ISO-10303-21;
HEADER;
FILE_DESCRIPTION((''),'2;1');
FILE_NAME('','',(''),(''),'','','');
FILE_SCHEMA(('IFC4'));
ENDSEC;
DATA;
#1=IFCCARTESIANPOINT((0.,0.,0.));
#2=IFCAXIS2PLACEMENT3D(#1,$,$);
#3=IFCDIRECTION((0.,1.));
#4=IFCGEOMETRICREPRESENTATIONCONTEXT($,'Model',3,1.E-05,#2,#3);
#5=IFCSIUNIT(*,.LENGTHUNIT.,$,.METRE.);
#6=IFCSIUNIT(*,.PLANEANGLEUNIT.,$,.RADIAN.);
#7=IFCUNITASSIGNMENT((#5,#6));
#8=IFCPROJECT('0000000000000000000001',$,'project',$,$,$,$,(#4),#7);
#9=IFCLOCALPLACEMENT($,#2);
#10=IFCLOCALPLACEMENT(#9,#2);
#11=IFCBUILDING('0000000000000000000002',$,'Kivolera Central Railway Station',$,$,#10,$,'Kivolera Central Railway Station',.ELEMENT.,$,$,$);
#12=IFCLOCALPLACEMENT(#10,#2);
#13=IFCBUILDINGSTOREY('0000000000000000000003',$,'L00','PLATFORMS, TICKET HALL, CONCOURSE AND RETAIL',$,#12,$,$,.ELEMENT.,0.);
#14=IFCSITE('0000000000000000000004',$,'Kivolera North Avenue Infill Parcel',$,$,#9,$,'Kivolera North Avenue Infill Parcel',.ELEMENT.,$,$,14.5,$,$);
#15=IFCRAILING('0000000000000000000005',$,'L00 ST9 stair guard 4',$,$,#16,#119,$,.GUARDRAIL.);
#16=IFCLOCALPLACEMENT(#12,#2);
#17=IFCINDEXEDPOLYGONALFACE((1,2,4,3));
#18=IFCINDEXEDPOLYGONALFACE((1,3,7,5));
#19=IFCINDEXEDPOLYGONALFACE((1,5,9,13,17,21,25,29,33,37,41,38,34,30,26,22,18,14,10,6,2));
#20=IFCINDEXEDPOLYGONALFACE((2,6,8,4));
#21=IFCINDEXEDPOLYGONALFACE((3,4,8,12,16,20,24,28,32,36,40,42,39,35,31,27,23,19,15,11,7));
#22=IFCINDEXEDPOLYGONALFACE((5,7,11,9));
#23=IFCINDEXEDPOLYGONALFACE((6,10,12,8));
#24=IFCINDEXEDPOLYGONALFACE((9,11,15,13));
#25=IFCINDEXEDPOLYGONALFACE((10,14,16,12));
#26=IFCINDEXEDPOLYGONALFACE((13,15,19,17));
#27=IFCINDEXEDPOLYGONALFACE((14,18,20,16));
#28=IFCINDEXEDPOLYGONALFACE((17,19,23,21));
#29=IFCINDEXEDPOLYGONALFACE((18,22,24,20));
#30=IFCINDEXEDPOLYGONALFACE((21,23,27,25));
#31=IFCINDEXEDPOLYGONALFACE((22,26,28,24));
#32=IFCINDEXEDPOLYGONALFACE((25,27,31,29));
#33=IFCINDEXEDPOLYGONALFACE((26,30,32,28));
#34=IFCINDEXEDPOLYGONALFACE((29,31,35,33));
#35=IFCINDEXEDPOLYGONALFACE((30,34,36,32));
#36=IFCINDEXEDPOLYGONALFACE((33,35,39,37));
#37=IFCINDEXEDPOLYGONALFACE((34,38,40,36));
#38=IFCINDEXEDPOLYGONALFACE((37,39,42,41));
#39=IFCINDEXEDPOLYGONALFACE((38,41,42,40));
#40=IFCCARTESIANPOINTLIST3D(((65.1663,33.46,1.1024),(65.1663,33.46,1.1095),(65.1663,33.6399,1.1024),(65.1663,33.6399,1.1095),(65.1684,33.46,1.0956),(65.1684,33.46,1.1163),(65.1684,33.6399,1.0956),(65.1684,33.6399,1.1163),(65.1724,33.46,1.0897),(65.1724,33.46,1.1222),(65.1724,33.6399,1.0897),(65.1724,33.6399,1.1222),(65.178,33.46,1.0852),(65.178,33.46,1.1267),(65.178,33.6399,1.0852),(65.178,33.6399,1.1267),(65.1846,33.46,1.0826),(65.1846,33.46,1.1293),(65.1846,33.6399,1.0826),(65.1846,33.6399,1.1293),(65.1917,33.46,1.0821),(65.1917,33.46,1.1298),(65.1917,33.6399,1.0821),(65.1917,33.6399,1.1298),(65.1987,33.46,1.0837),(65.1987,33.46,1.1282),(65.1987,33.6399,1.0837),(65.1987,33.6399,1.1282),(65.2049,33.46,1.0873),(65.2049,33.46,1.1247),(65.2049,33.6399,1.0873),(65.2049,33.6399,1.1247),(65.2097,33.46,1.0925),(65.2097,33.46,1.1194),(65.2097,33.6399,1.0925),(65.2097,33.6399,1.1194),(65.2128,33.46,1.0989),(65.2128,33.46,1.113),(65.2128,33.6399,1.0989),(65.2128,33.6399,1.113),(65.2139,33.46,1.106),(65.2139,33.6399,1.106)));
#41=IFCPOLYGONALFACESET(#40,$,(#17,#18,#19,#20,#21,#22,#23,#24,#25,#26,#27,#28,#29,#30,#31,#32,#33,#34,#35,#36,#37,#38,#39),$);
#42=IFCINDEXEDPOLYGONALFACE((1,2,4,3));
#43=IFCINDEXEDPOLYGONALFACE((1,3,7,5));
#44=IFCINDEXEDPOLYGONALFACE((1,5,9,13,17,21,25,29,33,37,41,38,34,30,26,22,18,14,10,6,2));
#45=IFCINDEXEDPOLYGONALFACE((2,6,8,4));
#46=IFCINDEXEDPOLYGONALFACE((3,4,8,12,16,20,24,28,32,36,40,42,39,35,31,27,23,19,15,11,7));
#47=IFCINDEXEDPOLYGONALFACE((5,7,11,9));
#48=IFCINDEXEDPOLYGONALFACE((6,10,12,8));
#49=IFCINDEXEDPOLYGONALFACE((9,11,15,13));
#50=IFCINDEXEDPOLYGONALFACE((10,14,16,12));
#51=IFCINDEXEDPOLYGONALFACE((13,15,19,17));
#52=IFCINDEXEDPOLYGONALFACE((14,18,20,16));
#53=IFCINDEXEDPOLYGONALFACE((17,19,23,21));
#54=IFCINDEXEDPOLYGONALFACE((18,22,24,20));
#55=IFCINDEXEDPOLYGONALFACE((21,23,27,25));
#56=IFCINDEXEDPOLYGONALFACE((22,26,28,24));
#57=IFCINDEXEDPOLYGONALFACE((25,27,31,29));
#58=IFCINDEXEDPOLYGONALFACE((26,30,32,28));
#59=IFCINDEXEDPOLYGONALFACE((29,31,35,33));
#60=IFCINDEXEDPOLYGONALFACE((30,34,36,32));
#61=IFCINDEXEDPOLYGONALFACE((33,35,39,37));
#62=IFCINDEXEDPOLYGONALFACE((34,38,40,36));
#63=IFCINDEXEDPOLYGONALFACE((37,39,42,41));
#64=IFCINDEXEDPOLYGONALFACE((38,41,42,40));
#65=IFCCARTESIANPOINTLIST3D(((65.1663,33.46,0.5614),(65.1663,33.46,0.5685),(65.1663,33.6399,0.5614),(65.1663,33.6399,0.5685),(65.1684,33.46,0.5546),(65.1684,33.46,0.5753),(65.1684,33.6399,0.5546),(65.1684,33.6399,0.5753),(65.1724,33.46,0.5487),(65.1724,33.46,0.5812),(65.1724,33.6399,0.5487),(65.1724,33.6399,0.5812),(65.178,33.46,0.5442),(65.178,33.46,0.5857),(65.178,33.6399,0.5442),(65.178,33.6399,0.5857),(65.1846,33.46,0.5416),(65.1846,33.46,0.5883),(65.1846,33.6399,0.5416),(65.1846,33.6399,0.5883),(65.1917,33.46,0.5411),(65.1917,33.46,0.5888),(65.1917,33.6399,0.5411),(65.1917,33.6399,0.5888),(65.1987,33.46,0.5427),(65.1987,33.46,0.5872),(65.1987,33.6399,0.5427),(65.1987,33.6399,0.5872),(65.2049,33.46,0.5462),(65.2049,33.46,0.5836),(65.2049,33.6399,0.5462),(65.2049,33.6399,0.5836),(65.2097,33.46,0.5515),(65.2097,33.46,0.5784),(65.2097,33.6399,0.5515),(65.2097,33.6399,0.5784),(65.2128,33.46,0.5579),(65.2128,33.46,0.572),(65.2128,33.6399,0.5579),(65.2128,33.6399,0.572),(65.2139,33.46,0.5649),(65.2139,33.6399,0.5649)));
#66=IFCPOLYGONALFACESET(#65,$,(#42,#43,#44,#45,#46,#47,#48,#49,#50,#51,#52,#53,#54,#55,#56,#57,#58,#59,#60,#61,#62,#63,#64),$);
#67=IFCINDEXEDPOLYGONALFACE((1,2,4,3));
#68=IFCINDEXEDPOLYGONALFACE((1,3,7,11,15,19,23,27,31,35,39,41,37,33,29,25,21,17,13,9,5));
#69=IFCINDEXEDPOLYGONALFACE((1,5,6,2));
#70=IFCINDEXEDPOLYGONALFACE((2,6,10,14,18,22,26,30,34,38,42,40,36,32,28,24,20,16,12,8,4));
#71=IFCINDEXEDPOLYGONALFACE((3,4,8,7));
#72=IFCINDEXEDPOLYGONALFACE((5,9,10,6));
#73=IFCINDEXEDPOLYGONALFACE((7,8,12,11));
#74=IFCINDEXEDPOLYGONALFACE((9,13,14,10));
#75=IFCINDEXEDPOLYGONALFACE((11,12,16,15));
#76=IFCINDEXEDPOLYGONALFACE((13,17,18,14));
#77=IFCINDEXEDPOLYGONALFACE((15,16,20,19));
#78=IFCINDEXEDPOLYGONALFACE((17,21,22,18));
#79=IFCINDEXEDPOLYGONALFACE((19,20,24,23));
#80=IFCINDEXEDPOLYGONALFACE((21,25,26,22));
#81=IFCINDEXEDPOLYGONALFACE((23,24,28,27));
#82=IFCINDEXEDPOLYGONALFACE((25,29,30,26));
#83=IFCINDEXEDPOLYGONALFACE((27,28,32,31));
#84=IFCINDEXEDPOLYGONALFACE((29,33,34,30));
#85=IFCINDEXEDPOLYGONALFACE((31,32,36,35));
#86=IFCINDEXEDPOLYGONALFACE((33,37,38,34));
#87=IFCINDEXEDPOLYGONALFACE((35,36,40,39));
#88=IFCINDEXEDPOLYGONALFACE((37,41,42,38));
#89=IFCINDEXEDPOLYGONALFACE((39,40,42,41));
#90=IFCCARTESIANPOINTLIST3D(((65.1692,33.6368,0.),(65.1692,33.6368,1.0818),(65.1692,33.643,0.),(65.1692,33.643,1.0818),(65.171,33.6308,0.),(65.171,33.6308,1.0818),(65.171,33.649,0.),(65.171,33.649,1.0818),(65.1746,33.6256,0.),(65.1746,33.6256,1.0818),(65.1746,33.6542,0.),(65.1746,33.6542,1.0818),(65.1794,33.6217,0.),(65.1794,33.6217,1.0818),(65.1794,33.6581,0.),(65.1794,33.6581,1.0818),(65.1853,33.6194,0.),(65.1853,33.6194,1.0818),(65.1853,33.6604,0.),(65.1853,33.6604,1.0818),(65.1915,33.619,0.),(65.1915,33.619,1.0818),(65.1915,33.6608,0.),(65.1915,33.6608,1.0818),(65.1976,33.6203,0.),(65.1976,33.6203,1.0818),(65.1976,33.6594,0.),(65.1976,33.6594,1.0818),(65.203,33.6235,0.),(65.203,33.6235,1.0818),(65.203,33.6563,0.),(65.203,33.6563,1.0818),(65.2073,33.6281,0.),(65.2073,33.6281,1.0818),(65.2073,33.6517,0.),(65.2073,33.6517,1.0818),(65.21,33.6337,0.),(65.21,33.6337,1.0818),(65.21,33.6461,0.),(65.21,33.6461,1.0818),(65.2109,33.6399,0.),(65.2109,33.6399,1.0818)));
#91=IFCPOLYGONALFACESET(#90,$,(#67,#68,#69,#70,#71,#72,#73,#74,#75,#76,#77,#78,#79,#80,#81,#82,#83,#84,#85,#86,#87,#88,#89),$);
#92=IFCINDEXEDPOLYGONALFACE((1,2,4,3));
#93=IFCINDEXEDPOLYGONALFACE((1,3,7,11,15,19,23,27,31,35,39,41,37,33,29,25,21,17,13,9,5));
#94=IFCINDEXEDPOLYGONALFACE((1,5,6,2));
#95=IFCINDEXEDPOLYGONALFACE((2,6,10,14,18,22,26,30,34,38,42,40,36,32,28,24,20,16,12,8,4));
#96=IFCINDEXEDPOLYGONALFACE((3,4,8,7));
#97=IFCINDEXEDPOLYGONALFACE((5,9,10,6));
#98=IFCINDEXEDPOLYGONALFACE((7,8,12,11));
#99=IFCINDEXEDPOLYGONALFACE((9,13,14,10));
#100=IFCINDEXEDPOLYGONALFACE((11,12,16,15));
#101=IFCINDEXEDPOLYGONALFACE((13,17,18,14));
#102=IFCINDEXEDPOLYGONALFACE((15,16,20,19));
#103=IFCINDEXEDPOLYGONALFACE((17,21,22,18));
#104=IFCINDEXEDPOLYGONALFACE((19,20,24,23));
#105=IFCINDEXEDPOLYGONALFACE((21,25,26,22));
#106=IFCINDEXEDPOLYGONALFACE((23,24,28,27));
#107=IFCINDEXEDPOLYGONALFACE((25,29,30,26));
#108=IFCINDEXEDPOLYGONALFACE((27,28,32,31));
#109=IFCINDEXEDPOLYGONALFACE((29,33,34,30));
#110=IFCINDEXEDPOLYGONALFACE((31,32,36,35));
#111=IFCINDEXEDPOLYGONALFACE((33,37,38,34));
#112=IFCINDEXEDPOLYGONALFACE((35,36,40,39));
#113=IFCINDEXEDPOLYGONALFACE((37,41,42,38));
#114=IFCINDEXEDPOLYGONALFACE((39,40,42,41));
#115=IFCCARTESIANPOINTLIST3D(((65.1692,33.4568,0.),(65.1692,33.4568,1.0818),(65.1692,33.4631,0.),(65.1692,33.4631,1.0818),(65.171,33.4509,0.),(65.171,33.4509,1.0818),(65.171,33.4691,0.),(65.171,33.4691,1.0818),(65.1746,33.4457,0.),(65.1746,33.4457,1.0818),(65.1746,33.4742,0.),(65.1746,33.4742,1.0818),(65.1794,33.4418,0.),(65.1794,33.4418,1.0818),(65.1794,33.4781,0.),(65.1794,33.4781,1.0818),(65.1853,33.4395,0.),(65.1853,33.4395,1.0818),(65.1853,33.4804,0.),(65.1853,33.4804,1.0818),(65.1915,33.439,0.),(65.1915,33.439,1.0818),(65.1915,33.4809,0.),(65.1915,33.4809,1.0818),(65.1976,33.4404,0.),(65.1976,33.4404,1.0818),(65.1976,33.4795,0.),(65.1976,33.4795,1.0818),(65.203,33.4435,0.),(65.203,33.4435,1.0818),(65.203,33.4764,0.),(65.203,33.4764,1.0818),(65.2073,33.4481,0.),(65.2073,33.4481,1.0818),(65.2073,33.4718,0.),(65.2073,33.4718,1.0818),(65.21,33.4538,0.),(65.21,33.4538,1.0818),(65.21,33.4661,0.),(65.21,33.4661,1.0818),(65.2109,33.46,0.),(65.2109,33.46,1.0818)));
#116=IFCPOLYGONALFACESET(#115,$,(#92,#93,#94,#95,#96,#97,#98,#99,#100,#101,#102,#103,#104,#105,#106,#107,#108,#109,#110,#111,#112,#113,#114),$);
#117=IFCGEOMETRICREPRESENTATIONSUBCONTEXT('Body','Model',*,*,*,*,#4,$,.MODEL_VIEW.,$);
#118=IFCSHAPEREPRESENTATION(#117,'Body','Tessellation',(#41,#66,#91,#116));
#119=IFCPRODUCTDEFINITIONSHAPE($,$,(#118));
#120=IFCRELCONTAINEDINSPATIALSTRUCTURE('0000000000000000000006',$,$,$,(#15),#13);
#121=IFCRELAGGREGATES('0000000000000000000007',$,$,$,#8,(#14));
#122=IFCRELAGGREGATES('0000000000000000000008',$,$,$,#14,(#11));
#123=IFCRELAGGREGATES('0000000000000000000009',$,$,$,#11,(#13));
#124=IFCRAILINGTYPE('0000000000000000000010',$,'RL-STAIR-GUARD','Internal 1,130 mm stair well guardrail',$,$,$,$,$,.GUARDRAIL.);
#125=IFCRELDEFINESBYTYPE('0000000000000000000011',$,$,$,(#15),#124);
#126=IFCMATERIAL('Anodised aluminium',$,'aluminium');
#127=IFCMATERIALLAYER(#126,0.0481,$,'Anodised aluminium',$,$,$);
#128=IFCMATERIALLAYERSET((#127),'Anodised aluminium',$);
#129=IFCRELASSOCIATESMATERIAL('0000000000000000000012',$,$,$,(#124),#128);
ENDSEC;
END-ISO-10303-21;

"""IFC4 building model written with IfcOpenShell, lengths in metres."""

from ifc_helpers import new_model, si_unit, direction, frame, origin, origin_2d, place, context, subcontext, project, spatial, circle, extrude, material, layer, layer_set, type_object, element, save


model = new_model("IFC4")

# Units and contexts
model_context = context("Model", 3, precision=1e-05, world=origin(), true_north=direction((0.0, 1.0)))
body_context = subcontext(model_context, "Body", "Model", "MODEL_VIEW")
ifc_project = project(units=[si_unit("LENGTHUNIT", "METRE"), si_unit("PLANEANGLEUNIT", "RADIAN")], contexts=[model_context])

# Site, building, storey
site_placement = place(None, origin())
site = spatial("IfcSite", under=ifc_project, at=site_placement, Name="Kivolera North Avenue Infill Parcel", LongName="Kivolera North Avenue Infill Parcel", CompositionType="ELEMENT", RefElevation=14.5)
building_placement = place(site_placement, origin())
building = spatial("IfcBuilding", under=site, at=building_placement, Name="Kivolera Central Railway Station", LongName="Kivolera Central Railway Station", CompositionType="ELEMENT")
storey_placement = place(building_placement, origin())
storey = spatial("IfcBuildingStorey", under=building, at=storey_placement, Name="L00", Description="PLATFORMS, TICKET HALL, CONCOURSE AND RETAIL", CompositionType="ELEMENT", Elevation=0.0)

# Shared definitions
ifc_material_1 = material(Name="Anodised aluminium", Category="aluminium")

# Railing
ifc_layer_1 = layer(ifc_material_1, 0.0481, Name="Anodised aluminium")
ifc_layer_set_1 = layer_set([ifc_layer_1], Name="Anodised aluminium")
railing_type_1 = type_object("IfcRailingType", Name="RL-STAIR-GUARD", Description="Internal 1,130 mm stair well guardrail", PredefinedType="GUARDRAIL", material=ifc_layer_set_1)
railing_1_placement = place(storey_placement, frame((65.1899, 33.6399, 0.0)))
element("IfcRailing", 1, at=railing_1_placement, inside=storey, type_object=railing_type_1, Name="L00 ST9 stair guard 4", PredefinedType="GUARDRAIL", context=body_context, shape_type="SweptSolid", body=[
    extrude(circle(Radius=0.0239, at=origin_2d()), frame((0.0, 0.0, 1.106), z_axis=(0.0, -1.0, 0.0), x_axis=(1.0, 0.0, 0.0)), (0.0, 0.0, 1.0), 0.1799),
    extrude(circle(Radius=0.0239, at=origin_2d()), frame((0.0, 0.0, 0.5649), z_axis=(0.0, -1.0, 0.0), x_axis=(1.0, 0.0, 0.0)), (0.0, 0.0, 1.0), 0.1799),
    extrude(circle(Radius=0.021, at=origin_2d()), origin(), (0.0, 0.0, 1.0), 1.0818),
    extrude(circle(Radius=0.021, at=origin_2d()), frame((0.0, -0.1799, 0.0)), (0.0, 0.0, 1.0), 1.0818),
])

save(model, "model.ifc")
